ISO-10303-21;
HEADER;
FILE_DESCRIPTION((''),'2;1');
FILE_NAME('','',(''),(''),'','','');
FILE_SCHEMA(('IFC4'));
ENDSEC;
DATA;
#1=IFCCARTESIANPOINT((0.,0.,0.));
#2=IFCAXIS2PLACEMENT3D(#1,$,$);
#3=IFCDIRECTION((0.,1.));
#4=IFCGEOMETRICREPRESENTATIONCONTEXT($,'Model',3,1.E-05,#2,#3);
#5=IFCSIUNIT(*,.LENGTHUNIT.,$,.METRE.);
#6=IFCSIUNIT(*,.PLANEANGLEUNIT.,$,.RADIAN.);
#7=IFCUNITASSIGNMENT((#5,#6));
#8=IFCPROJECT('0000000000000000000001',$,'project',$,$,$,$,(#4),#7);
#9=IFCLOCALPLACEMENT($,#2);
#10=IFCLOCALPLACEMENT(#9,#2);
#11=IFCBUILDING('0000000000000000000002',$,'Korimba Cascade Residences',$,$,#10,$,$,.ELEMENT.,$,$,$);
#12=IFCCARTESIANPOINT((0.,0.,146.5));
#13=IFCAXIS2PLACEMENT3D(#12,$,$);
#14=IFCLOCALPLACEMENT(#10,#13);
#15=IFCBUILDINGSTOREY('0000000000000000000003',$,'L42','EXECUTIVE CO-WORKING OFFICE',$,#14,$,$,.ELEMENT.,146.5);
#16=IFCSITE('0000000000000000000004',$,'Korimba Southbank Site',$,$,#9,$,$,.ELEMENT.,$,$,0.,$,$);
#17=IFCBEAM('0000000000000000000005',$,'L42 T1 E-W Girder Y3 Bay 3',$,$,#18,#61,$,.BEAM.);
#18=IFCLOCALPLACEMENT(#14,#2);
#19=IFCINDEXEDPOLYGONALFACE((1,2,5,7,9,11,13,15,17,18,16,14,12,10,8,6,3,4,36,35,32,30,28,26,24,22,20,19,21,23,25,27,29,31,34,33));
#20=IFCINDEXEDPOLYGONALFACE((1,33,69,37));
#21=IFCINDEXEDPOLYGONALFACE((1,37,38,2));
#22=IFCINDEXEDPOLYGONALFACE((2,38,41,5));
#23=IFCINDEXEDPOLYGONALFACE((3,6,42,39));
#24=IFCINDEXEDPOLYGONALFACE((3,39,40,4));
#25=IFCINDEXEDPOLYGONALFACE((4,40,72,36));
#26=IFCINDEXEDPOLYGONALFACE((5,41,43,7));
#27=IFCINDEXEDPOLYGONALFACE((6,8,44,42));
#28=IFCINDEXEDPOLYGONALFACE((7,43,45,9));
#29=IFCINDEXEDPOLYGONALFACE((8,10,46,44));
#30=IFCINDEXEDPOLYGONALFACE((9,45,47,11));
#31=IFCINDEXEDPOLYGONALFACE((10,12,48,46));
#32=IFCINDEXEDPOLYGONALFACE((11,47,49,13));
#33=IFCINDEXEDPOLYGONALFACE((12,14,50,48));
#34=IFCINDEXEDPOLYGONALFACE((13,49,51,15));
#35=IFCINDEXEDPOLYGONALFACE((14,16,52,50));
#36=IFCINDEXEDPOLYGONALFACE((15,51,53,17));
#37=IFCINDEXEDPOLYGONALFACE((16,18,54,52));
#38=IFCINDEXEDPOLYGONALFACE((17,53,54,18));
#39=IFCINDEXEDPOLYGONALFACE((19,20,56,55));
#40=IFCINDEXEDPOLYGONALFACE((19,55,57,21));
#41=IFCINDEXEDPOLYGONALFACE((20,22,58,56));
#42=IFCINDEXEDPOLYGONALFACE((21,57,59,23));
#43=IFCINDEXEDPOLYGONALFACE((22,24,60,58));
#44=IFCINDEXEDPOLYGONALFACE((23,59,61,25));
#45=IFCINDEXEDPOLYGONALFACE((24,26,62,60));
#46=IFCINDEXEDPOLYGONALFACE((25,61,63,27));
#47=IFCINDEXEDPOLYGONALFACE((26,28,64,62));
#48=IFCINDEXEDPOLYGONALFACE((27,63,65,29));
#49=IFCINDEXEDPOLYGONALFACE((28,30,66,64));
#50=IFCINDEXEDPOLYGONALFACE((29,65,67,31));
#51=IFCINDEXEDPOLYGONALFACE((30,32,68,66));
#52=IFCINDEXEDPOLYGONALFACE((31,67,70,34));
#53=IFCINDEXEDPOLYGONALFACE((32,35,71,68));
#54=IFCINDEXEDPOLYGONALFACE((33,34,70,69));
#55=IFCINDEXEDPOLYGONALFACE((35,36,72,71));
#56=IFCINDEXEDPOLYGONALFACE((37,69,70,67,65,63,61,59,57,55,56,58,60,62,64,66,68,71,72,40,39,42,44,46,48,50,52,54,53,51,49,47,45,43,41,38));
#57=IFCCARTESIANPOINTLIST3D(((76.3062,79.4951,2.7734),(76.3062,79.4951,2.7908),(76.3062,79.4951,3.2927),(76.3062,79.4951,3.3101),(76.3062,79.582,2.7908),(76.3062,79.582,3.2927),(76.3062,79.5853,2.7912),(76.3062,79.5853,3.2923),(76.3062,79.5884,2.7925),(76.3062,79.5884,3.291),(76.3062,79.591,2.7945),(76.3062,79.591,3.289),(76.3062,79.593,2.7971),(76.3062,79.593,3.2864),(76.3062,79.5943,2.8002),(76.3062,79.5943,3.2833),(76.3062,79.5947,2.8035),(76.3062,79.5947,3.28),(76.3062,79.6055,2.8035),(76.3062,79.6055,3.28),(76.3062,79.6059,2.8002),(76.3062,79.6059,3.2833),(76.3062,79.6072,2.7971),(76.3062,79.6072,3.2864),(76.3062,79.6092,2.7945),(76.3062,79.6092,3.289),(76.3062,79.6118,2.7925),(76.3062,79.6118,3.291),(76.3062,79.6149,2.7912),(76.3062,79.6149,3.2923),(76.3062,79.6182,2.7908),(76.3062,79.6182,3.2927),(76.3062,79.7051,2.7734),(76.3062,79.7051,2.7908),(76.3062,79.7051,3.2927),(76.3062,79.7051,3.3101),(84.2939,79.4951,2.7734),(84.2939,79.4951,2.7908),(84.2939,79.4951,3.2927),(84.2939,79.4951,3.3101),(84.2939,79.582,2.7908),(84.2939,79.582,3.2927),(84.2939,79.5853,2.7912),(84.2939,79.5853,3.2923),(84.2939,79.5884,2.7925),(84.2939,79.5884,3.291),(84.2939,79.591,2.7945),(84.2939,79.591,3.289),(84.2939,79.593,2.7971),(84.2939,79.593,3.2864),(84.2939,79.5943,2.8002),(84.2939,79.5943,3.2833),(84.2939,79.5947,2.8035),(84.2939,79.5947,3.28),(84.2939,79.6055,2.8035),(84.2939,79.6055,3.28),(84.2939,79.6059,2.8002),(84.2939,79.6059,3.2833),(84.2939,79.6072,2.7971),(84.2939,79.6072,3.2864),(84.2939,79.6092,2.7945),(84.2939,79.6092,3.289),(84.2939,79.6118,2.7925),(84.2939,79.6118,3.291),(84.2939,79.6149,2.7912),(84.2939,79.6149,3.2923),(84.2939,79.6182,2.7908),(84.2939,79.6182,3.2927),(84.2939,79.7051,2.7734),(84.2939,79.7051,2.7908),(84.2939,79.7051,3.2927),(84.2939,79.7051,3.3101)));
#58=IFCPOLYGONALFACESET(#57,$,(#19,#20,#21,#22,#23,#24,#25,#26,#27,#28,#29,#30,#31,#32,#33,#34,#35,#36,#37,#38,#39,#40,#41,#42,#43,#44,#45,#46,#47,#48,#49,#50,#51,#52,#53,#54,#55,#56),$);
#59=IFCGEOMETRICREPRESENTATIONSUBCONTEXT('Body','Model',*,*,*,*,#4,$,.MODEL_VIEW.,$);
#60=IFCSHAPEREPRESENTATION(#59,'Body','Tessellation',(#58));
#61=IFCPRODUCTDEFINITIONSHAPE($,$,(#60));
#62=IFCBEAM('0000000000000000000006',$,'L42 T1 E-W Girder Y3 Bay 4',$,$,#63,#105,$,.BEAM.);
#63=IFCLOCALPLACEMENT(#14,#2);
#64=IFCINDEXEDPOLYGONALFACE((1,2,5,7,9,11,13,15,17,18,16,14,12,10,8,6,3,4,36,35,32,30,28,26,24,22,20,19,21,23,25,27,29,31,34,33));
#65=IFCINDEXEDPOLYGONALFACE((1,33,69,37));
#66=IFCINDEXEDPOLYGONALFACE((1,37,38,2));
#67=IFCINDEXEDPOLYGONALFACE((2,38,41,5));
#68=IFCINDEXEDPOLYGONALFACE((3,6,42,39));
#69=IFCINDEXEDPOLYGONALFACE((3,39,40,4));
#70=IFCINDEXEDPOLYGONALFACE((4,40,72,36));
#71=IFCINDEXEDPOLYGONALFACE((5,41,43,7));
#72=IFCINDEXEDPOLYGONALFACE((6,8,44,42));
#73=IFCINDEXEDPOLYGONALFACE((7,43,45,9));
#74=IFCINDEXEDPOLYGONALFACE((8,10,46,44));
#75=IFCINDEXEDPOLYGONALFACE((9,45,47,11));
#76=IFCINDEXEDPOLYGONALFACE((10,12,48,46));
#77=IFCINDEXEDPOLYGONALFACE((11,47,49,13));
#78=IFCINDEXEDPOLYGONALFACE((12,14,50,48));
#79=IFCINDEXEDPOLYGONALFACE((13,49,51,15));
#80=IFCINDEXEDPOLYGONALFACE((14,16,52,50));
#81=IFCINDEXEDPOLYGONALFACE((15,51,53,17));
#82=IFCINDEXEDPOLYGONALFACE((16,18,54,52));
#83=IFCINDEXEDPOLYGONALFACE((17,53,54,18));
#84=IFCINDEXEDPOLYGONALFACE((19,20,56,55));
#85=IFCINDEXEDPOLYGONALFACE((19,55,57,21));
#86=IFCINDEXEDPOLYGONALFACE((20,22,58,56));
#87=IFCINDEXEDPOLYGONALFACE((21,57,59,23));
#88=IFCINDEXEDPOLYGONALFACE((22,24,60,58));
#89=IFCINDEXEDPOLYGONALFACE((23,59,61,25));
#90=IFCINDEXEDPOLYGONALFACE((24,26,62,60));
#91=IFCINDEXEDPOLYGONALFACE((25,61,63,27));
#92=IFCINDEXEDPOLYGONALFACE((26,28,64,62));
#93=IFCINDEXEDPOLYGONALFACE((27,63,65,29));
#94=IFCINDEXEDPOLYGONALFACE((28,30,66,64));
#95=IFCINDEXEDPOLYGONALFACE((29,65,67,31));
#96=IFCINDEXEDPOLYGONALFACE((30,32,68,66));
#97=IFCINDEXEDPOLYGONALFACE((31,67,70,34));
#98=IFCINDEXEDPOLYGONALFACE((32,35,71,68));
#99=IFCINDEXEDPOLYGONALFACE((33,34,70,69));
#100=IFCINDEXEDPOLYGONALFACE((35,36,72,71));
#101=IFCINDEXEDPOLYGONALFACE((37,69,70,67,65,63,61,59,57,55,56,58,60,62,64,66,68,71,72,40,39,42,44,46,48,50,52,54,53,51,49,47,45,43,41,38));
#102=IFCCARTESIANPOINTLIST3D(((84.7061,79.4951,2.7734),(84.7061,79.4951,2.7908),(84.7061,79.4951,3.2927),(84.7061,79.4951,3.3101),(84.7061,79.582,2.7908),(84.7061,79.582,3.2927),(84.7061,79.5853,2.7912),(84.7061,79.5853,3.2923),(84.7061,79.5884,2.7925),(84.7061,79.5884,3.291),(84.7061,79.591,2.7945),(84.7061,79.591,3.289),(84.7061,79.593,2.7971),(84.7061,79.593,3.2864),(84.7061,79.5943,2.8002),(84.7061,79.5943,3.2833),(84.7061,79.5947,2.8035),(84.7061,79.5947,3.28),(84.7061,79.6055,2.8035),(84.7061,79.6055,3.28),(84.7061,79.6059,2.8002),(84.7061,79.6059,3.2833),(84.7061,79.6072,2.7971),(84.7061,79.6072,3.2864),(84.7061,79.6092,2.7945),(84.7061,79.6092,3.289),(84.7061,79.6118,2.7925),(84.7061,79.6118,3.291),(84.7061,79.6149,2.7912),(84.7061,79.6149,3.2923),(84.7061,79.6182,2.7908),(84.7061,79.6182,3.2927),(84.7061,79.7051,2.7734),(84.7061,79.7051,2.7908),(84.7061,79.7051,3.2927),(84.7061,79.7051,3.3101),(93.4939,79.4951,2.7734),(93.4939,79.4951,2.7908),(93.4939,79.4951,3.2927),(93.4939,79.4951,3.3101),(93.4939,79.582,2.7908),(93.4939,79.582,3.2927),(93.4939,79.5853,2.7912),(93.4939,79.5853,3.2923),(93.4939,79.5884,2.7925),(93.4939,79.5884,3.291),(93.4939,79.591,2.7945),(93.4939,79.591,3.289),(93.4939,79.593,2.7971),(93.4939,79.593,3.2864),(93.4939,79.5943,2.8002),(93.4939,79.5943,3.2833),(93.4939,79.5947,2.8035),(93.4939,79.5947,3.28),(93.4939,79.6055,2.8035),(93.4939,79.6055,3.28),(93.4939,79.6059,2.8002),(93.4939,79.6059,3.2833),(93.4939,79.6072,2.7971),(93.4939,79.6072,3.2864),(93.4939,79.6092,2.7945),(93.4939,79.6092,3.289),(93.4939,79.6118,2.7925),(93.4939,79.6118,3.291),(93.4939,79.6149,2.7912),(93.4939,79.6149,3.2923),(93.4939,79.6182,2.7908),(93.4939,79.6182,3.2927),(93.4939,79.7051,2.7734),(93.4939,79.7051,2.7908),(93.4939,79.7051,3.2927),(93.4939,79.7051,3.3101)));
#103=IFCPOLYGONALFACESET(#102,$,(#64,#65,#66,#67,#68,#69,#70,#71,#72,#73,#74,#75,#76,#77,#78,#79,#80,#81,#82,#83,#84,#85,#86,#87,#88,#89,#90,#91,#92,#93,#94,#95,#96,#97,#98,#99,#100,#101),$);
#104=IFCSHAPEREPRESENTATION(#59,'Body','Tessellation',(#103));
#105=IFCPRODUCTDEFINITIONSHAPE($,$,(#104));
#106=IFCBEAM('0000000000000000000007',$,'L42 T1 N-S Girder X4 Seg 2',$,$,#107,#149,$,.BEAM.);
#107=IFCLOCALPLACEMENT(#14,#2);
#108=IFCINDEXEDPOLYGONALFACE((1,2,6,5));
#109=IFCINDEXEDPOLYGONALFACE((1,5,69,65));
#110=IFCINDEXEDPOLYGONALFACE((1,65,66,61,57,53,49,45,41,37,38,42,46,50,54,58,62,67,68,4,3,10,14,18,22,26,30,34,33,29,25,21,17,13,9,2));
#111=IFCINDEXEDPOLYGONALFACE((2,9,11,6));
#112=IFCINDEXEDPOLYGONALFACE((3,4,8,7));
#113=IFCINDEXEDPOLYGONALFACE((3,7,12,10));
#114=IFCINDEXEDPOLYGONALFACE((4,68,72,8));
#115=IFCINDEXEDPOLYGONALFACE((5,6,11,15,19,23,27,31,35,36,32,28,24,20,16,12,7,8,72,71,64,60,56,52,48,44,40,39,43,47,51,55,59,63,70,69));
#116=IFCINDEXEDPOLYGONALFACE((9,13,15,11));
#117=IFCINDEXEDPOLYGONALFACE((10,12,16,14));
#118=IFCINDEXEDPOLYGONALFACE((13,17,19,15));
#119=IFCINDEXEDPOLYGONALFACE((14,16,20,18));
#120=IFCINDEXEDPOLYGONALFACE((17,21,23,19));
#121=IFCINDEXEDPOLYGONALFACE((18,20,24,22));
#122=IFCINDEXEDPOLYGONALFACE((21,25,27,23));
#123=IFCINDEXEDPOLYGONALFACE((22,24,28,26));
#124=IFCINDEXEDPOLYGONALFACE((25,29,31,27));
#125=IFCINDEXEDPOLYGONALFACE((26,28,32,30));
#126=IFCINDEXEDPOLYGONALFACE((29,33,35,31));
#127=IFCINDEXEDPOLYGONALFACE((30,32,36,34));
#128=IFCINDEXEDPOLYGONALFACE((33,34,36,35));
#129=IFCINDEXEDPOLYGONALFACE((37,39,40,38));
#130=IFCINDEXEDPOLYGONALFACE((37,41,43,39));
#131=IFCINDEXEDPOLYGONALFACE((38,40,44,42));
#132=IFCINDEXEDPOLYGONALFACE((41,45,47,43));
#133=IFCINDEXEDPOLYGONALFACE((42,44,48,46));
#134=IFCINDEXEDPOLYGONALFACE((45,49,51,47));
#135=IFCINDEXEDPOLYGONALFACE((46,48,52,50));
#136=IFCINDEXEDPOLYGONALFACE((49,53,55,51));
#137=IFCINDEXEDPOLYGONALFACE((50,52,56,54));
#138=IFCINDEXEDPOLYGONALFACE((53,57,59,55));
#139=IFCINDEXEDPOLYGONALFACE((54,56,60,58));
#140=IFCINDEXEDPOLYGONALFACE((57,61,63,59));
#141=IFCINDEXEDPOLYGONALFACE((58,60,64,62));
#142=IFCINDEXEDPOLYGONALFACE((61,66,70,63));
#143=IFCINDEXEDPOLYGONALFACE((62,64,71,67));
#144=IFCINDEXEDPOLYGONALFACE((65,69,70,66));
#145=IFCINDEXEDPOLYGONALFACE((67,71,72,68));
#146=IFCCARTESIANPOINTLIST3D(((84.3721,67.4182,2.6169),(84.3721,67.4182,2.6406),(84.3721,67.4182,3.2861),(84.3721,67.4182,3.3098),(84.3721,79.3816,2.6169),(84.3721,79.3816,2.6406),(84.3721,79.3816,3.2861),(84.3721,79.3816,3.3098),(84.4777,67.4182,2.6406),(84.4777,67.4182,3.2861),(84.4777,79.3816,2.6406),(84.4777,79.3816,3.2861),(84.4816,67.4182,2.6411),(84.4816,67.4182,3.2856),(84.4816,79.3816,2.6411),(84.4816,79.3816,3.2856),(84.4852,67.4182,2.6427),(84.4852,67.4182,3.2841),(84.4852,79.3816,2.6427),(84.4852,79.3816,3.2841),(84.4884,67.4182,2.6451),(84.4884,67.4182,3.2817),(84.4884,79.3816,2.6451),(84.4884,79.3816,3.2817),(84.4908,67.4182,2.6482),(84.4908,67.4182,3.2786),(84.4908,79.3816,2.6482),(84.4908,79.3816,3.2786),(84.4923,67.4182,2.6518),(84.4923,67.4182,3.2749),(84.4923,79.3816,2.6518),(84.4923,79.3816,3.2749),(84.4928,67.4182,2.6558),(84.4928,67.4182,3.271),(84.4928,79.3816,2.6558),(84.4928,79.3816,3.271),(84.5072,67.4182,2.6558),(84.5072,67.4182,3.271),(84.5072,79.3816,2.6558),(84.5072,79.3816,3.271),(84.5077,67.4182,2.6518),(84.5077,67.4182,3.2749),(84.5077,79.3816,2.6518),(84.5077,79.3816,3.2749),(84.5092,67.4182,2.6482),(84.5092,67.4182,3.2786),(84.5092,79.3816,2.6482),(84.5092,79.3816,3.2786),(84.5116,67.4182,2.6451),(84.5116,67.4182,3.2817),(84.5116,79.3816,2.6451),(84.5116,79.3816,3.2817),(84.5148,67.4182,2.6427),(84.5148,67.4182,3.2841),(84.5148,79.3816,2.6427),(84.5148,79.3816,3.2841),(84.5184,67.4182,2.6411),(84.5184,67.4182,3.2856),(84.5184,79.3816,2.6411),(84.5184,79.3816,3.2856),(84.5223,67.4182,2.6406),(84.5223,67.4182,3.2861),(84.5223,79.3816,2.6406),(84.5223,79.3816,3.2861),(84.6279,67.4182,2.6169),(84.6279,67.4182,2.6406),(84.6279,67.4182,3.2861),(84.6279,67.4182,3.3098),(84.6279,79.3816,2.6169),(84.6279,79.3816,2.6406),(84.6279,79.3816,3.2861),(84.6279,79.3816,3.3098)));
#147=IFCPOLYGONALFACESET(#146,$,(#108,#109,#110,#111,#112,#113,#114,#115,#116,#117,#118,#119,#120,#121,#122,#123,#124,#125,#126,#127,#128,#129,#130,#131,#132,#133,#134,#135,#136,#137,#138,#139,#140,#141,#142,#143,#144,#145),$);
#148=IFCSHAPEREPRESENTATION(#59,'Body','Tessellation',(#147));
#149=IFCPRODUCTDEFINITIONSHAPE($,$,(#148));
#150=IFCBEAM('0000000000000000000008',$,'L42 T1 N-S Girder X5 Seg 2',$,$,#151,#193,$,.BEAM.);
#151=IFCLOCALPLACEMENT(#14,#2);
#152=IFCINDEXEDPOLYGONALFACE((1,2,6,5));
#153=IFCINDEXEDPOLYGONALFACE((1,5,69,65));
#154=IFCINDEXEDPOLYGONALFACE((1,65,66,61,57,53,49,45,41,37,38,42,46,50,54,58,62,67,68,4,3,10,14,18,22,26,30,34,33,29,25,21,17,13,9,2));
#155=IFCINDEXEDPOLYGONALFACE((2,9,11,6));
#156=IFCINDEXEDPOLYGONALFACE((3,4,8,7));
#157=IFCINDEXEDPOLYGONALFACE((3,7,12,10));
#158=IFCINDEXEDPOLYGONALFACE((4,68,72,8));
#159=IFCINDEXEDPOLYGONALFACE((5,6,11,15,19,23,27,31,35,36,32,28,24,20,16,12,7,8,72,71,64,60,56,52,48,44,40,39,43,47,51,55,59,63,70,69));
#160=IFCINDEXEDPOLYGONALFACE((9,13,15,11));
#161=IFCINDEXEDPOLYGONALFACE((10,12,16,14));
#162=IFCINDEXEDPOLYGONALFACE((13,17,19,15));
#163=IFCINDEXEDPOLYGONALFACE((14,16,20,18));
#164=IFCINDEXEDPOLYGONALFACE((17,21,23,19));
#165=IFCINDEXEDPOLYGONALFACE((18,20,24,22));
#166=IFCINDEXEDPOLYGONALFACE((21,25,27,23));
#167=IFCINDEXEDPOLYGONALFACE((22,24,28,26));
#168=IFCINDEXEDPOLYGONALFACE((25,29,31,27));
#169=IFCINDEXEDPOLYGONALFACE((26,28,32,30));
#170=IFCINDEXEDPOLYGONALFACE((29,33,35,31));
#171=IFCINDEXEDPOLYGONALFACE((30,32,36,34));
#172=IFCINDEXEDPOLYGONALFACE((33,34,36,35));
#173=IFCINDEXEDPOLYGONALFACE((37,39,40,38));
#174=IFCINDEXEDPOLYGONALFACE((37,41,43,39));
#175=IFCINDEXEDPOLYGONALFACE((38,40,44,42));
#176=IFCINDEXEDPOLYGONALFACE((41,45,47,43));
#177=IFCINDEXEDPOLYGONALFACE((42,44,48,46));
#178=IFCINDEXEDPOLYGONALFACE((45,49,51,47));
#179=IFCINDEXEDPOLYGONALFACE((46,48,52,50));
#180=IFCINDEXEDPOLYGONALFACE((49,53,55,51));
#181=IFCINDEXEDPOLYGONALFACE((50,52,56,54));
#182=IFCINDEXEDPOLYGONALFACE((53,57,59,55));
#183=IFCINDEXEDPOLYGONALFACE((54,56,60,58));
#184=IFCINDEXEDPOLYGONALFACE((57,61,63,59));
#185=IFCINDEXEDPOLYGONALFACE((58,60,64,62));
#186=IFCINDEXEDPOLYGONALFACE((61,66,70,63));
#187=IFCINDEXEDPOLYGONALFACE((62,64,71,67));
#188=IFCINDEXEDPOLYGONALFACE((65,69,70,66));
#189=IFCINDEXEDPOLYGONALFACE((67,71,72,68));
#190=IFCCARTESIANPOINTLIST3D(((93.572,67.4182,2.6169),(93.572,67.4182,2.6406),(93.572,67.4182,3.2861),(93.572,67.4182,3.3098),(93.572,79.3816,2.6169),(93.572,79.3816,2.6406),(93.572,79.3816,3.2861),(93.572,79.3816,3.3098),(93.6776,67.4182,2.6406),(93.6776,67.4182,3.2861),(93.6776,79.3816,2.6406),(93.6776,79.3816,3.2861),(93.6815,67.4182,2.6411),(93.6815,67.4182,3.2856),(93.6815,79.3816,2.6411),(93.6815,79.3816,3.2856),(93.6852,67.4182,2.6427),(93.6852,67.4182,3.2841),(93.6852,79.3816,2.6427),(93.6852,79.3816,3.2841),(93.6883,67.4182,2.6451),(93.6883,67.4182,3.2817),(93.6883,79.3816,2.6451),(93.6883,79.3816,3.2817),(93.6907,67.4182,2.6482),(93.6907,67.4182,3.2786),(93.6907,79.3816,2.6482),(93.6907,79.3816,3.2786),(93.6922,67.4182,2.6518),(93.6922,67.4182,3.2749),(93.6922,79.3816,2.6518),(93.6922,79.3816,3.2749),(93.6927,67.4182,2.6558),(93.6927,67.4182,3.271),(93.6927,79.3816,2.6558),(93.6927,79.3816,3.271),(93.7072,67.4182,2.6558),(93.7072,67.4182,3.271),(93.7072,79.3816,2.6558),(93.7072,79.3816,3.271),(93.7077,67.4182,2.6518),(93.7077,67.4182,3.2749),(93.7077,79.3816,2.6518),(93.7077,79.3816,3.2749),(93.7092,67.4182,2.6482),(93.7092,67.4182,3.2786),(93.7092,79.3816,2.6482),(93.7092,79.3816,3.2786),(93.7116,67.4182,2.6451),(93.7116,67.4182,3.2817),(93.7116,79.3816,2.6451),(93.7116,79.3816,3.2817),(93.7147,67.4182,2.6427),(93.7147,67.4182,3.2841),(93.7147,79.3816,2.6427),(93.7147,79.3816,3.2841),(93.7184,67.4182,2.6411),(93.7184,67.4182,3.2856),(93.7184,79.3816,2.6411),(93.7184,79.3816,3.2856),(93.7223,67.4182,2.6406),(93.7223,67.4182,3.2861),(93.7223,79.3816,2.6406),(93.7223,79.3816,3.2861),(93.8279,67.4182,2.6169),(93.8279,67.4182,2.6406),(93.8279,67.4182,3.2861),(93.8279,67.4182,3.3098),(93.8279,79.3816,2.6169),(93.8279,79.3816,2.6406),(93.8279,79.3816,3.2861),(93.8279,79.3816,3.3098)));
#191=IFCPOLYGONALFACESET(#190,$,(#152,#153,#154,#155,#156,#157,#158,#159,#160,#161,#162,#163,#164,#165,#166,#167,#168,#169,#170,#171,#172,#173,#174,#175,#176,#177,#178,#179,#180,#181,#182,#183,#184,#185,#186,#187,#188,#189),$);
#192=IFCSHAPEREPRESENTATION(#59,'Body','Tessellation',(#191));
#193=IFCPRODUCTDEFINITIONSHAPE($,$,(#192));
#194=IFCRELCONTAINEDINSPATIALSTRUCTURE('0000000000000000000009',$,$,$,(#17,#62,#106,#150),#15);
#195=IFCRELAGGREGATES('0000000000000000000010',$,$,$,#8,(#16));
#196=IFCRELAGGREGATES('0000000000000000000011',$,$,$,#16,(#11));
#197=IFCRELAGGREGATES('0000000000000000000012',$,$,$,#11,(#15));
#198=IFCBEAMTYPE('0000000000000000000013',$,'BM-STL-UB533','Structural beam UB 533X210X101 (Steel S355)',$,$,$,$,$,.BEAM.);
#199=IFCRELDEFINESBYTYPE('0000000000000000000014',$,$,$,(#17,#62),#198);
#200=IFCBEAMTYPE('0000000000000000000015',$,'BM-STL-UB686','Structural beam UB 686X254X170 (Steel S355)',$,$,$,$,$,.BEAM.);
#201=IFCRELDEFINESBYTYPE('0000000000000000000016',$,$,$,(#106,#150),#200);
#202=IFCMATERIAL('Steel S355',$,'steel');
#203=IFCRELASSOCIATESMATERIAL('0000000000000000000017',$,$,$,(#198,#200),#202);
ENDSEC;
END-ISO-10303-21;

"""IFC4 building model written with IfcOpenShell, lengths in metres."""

from ifc_helpers import new_model, si_unit, direction, frame, origin, origin_2d, place, context, subcontext, project, spatial, i_section, extrude, material, material_profile, profile_set, type_object, element, save


model = new_model("IFC4")

# Units and contexts
model_context = context("Model", 3, precision=1e-05, world=origin(), true_north=direction((0.0, 1.0)))
body_context = subcontext(model_context, "Body", "Model", "MODEL_VIEW")
ifc_project = project(units=[si_unit("LENGTHUNIT", "METRE"), si_unit("PLANEANGLEUNIT", "RADIAN")], contexts=[model_context])

# Site, building, storey
site_placement = place(None, origin())
site = spatial("IfcSite", under=ifc_project, at=site_placement, Name="Korimba Southbank Site", CompositionType="ELEMENT", RefElevation=0.0)
building_placement = place(site_placement, origin())
building = spatial("IfcBuilding", under=site, at=building_placement, Name="Korimba Cascade Residences", CompositionType="ELEMENT")
storey_placement = place(building_placement, frame((0.0, 0.0, 146.5)))
storey = spatial("IfcBuildingStorey", under=building, at=storey_placement, Name="L42", Description="EXECUTIVE CO-WORKING OFFICE", CompositionType="ELEMENT", Elevation=146.5)

# Beams
ifc_material_1 = material(Name="Steel S355", Category="steel")
ifc_material_profile_1 = material_profile(ifc_material_1, i_section(OverallWidth=0.21, OverallDepth=0.5366, WebThickness=0.0107, FlangeThickness=0.0173, FilletRadius=0.0127, at=origin_2d()), Name="Steel S355")
ifc_profile_set_1 = profile_set([ifc_material_profile_1], Name="Steel S355")
beam_type_1 = type_object("IfcBeamType", Name="BM-STL-UB533", Description="Structural beam UB 533X210X101 (Steel S355)", PredefinedType="BEAM", material=ifc_profile_set_1)
beam_1_placement = place(storey_placement, frame((76.3062, 79.6001, 3.0417), z_axis=(1.0, 0.0, 0.0), x_axis=(0.0, 1.0, 0.0)))
element("IfcBeam", 1, at=beam_1_placement, inside=storey, type_object=beam_type_1, Name="L42 T1 E-W Girder Y3 Bay 3", PredefinedType="BEAM", context=body_context, shape_type="SweptSolid", body=[
    extrude(i_section(OverallWidth=0.21, OverallDepth=0.5366, WebThickness=0.0107, FlangeThickness=0.0173, FilletRadius=0.0127, at=origin_2d()), origin(), (0.0, 0.0, 1.0), 7.9878),
])
beam_2_placement = place(storey_placement, frame((84.7061, 79.6001, 3.0417), z_axis=(1.0, 0.0, 0.0), x_axis=(0.0, 1.0, 0.0)))
element("IfcBeam", 2, at=beam_2_placement, inside=storey, type_object=beam_type_1, Name="L42 T1 E-W Girder Y3 Bay 4", PredefinedType="BEAM", context=body_context, shape_type="SweptSolid", body=[
    extrude(i_section(OverallWidth=0.21, OverallDepth=0.5366, WebThickness=0.0107, FlangeThickness=0.0173, FilletRadius=0.0127, at=origin_2d()), origin(), (0.0, 0.0, 1.0), 8.7878),
])
ifc_material_profile_2 = material_profile(ifc_material_1, i_section(OverallWidth=0.2559, OverallDepth=0.6929, WebThickness=0.0144, FlangeThickness=0.0237, FilletRadius=0.0151, at=origin_2d()), Name="Steel S355")
ifc_profile_set_2 = profile_set([ifc_material_profile_2], Name="Steel S355")
beam_type_2 = type_object("IfcBeamType", Name="BM-STL-UB686", Description="Structural beam UB 686X254X170 (Steel S355)", PredefinedType="BEAM", material=ifc_profile_set_2)
for number, where, z_axis, x_axis, name in (
    (3, (84.5, 67.4182, 2.9634), (0.0, 1.0, 0.0), (-1.0, 0.0, 0.0), "L42 T1 N-S Girder X4 Seg 2"),
    (4, (93.7, 67.4182, 2.9634), (0.0, 1.0, 0.0), (-1.0, 0.0, 0.0), "L42 T1 N-S Girder X5 Seg 2"),
):
    element("IfcBeam", number, at=place(storey_placement, frame(where, z_axis=z_axis, x_axis=x_axis)), inside=storey, type_object=beam_type_2, Name=name, PredefinedType="BEAM", context=body_context, shape_type="SweptSolid", body=[
        extrude(i_section(OverallWidth=0.2559, OverallDepth=0.6929, WebThickness=0.0144, FlangeThickness=0.0237, FilletRadius=0.0151, at=origin_2d()), origin(), (0.0, 0.0, 1.0), 11.9634),
    ])

save(model, "model.ifc")
